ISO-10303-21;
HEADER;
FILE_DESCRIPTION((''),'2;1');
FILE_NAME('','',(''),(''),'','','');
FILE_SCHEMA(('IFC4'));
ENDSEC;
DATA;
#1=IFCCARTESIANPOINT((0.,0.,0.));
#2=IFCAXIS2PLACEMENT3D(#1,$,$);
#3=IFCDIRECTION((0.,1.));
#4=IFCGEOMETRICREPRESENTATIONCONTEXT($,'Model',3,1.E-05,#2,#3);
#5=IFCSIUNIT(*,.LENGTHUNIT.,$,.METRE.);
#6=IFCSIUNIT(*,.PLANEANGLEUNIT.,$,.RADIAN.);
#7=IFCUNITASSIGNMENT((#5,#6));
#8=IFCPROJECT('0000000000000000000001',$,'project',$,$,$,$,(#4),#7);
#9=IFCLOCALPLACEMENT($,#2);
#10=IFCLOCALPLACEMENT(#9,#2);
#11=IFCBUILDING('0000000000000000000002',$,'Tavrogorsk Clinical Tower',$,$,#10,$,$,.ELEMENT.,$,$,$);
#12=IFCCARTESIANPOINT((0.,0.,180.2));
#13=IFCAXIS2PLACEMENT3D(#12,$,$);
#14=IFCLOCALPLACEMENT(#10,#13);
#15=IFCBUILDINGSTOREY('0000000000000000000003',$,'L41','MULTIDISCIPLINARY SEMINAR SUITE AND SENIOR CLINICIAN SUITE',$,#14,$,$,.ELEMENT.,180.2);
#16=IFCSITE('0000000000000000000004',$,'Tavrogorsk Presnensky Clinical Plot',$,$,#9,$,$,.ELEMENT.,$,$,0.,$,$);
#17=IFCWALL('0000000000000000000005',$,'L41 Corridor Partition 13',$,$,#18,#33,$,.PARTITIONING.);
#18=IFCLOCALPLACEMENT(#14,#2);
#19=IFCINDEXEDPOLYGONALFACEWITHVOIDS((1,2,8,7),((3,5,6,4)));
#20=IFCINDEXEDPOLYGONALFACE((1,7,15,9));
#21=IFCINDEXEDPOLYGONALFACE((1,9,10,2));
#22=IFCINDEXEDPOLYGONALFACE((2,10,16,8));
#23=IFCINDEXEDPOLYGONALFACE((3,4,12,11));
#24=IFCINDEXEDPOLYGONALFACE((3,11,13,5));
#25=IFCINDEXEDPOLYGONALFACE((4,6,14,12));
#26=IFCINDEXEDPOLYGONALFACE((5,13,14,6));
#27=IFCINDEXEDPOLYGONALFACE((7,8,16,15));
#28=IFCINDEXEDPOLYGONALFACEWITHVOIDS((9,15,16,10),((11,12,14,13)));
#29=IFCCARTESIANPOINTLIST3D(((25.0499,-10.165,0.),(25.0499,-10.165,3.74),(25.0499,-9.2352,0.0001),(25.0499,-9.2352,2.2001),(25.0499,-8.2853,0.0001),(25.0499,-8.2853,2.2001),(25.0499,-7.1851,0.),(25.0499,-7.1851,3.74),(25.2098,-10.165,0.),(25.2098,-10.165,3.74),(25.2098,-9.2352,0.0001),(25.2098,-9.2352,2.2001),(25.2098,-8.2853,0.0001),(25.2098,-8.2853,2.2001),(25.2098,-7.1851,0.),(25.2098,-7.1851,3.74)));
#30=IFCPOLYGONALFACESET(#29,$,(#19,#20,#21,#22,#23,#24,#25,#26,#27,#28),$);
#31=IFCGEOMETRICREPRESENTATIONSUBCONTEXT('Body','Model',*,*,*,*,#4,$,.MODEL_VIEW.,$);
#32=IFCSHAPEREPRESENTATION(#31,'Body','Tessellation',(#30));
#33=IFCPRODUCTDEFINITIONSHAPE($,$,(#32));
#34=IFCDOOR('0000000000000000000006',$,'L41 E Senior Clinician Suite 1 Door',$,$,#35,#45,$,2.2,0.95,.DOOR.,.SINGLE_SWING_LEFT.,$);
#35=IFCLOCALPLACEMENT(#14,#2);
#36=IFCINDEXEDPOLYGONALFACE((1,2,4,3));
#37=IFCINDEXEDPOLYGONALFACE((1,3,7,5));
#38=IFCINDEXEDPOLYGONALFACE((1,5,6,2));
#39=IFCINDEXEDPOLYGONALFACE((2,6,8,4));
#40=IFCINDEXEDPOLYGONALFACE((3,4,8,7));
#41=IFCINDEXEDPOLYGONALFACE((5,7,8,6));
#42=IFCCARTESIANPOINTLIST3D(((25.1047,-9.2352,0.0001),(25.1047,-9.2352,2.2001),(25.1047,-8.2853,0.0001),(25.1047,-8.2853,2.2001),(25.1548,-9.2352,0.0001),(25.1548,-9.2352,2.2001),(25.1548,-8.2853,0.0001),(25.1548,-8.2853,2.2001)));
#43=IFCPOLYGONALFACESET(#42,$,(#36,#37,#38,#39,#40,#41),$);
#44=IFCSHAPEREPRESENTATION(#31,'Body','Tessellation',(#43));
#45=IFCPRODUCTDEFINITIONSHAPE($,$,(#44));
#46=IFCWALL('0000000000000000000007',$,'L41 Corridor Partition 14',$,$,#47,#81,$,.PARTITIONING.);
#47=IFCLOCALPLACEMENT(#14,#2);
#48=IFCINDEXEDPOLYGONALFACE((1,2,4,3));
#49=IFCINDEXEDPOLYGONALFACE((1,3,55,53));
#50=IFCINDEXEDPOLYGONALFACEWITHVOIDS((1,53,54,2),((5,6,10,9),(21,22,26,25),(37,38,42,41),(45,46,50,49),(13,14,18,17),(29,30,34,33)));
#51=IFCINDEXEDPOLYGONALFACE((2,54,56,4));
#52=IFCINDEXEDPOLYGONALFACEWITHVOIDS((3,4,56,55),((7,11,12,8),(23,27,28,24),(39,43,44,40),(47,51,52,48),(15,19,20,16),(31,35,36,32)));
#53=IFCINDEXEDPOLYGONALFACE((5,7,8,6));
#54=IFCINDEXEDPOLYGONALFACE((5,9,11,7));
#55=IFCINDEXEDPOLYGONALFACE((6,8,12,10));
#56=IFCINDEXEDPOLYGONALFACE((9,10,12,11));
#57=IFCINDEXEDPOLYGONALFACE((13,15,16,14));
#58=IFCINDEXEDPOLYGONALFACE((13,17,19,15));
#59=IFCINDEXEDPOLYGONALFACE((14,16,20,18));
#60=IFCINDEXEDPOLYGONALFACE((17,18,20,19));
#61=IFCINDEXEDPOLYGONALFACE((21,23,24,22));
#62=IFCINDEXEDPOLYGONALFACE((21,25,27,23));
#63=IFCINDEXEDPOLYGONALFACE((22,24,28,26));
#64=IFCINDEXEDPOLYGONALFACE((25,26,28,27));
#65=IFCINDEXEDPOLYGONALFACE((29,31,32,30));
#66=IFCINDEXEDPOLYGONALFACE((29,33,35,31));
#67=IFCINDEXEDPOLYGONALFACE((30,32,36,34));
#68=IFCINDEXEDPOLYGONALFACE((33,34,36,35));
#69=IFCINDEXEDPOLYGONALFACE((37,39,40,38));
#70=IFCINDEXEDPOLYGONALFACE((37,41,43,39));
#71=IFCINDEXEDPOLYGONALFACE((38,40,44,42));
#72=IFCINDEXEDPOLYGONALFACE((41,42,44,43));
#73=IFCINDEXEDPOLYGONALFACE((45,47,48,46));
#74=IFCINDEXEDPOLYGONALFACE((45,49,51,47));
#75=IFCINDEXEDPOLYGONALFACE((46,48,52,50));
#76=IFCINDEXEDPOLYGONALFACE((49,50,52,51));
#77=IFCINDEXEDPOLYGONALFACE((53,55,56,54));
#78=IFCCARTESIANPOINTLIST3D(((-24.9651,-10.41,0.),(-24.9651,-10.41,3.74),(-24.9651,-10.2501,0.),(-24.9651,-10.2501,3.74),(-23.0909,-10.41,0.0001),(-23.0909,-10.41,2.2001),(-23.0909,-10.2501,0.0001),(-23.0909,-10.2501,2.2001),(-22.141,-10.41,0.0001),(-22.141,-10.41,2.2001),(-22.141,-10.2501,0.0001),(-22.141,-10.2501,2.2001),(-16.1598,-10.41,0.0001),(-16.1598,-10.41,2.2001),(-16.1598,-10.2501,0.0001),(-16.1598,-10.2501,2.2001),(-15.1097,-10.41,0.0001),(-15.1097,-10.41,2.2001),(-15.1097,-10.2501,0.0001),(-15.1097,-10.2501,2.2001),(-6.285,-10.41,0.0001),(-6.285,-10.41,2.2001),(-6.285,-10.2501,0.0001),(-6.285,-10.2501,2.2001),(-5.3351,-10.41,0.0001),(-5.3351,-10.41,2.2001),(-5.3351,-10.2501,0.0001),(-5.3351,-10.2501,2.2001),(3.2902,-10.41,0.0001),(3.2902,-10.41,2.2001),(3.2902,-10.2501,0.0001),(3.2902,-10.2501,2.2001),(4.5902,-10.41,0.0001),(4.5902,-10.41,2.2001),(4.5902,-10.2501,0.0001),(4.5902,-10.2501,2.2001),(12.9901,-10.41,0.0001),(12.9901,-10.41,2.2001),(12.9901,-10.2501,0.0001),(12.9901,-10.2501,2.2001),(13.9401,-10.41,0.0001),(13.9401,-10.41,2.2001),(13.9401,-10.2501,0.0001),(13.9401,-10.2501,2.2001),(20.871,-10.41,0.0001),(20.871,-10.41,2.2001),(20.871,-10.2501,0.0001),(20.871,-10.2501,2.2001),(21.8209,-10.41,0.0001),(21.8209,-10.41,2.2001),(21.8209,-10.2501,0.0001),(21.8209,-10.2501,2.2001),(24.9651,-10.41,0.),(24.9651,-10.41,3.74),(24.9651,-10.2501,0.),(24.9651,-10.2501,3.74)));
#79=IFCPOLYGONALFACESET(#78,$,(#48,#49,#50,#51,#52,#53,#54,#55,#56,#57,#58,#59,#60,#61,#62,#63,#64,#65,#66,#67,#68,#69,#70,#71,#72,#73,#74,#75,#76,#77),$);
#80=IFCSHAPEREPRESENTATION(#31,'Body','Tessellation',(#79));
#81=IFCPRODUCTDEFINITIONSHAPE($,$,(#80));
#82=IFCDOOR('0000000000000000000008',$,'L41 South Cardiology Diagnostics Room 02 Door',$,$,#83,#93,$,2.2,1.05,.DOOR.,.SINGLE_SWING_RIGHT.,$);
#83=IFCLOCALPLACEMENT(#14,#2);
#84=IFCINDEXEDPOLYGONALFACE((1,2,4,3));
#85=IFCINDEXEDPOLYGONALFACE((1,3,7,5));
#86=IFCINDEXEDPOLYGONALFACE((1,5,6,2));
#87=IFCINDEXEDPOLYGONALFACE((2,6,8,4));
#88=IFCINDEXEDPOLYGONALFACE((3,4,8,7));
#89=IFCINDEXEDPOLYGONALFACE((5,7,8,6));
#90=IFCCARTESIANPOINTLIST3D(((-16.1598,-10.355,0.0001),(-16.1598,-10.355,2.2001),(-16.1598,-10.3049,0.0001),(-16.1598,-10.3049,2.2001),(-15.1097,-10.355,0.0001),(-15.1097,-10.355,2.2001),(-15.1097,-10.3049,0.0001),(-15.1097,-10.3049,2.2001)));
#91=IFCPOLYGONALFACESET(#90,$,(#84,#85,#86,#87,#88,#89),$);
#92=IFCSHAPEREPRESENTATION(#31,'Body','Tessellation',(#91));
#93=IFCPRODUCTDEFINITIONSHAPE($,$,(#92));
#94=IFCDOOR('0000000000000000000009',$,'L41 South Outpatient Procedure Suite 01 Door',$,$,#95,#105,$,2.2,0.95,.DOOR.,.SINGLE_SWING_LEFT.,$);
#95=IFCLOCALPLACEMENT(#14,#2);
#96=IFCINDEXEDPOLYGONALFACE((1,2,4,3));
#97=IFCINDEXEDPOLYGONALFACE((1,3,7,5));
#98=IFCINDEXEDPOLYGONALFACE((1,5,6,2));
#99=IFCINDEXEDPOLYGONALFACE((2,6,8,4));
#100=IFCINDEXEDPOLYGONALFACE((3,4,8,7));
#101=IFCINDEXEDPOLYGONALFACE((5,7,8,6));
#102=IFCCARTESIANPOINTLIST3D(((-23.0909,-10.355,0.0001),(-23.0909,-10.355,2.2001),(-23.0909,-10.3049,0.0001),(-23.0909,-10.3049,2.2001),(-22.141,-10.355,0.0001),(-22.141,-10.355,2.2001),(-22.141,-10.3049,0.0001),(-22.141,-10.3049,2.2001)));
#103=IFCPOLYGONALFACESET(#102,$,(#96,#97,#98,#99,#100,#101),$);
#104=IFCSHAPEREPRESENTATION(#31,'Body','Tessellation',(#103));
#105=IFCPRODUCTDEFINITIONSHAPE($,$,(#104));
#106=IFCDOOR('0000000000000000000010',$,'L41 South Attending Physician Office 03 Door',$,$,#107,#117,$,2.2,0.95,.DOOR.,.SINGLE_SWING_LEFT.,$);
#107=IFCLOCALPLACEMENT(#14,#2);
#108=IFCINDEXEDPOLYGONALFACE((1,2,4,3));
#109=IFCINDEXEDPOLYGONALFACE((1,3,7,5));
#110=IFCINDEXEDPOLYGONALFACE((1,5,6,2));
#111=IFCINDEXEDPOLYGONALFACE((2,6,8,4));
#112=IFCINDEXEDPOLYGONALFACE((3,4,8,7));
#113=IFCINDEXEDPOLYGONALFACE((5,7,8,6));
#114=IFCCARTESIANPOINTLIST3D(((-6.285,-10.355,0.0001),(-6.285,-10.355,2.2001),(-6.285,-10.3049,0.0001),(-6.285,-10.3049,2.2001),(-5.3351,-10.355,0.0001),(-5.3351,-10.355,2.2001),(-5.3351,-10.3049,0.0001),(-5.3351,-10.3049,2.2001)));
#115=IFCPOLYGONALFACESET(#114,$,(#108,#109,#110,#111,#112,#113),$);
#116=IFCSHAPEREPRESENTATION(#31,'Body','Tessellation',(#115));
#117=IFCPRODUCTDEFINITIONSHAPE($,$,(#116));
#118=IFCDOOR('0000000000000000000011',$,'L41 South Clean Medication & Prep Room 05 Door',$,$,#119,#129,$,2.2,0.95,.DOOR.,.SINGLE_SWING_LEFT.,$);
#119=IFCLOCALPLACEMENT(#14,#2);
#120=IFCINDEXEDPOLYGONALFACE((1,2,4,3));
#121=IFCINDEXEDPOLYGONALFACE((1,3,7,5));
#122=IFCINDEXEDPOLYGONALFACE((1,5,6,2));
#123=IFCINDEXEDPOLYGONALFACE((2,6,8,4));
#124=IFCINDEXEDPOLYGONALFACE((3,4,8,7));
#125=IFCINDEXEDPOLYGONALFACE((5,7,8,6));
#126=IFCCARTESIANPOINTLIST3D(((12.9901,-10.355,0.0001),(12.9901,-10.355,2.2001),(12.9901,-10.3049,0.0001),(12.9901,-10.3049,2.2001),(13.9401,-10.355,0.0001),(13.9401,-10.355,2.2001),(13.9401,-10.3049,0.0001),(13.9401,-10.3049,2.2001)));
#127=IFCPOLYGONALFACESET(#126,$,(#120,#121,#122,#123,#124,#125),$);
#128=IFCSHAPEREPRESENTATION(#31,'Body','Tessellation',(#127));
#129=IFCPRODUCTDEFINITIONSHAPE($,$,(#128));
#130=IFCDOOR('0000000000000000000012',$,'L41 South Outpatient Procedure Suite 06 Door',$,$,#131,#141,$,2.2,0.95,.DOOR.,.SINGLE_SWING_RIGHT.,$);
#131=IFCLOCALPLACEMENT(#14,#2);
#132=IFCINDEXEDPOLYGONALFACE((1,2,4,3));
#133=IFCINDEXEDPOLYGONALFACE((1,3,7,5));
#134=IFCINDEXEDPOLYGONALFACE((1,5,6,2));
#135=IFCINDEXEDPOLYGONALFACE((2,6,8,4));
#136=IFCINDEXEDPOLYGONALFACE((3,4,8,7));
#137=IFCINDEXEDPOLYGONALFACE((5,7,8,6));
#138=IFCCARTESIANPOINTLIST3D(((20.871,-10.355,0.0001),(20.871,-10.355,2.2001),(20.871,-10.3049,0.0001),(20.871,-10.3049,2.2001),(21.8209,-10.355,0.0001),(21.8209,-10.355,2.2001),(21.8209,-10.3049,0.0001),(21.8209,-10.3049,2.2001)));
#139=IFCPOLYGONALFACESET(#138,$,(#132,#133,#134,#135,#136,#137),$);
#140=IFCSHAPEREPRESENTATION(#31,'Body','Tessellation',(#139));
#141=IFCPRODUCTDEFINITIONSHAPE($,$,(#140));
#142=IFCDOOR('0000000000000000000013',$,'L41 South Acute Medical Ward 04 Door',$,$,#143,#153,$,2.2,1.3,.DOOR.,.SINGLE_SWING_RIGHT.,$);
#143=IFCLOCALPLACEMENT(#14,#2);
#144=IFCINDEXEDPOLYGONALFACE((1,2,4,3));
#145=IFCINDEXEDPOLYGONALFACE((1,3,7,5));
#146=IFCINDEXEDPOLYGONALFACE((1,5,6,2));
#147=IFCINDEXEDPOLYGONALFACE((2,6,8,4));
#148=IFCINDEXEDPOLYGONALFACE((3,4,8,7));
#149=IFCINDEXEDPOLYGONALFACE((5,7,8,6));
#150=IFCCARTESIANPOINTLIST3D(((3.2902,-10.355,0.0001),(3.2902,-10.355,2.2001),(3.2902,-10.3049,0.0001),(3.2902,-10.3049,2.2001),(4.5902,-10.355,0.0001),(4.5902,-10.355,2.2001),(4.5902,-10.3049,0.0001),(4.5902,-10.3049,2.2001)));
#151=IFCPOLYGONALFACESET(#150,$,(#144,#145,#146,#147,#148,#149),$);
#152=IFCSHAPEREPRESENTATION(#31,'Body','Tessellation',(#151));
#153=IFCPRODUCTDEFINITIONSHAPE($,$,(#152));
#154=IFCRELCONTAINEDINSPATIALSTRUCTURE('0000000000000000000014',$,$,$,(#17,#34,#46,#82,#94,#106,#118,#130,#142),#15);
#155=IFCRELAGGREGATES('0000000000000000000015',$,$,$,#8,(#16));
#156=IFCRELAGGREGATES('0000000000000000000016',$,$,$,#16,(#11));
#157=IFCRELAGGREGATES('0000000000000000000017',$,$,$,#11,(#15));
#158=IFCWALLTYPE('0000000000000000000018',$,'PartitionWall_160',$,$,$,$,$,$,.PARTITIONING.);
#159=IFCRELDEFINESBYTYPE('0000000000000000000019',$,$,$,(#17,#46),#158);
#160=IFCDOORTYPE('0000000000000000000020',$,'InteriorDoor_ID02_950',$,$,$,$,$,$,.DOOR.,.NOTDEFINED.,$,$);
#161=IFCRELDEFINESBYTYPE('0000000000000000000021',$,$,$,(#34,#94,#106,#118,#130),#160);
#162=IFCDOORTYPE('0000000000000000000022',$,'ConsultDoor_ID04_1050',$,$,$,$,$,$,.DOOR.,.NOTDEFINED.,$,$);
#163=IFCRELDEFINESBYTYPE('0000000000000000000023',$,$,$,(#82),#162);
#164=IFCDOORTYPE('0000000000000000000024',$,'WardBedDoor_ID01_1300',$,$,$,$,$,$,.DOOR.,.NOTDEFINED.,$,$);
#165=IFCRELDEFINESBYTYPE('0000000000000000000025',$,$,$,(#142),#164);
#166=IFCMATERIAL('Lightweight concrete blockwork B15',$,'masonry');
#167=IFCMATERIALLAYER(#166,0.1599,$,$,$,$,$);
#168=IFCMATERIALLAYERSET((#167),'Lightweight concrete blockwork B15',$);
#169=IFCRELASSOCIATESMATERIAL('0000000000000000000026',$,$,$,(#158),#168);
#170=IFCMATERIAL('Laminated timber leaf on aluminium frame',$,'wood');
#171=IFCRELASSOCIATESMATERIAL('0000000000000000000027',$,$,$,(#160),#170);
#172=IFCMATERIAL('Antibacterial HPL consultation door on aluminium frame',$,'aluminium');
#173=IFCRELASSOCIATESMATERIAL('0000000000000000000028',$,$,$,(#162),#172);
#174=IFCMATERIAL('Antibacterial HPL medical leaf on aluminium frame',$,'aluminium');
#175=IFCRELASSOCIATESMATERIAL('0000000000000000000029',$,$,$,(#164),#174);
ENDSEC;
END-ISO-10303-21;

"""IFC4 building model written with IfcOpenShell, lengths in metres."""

from ifc_helpers import new_model, si_unit, direction, frame, frame_2d, origin, place, context, subcontext, project, spatial, rectangle, extrude, material, layer, layer_set, type_object, element, fill, save


model = new_model("IFC4")

# Units and contexts
model_context = context("Model", 3, precision=1e-05, world=origin(), true_north=direction((0.0, 1.0)))
body_context = subcontext(model_context, "Body", "Model", "MODEL_VIEW")
ifc_project = project(units=[si_unit("LENGTHUNIT", "METRE"), si_unit("PLANEANGLEUNIT", "RADIAN")], contexts=[model_context])

# Site, building, storey
site_placement = place(None, origin())
site = spatial("IfcSite", under=ifc_project, at=site_placement, Name="Tavrogorsk Presnensky Clinical Plot", CompositionType="ELEMENT", RefElevation=0.0)
building_placement = place(site_placement, origin())
building = spatial("IfcBuilding", under=site, at=building_placement, Name="Tavrogorsk Clinical Tower", CompositionType="ELEMENT")
storey_placement = place(building_placement, frame((0.0, 0.0, 180.2)))
storey = spatial("IfcBuildingStorey", under=building, at=storey_placement, Name="L41", Description="MULTIDISCIPLINARY SEMINAR SUITE AND SENIOR CLINICIAN SUITE", CompositionType="ELEMENT", Elevation=180.2)

# Wall, opening, door
ifc_material_1 = material(Name="Lightweight concrete blockwork B15", Category="masonry")
ifc_layer = layer(ifc_material_1, 0.1599)
ifc_layer_set = layer_set([ifc_layer], Name="Lightweight concrete blockwork B15")
wall_type = type_object("IfcWallType", Name="PartitionWall_160", PredefinedType="PARTITIONING", material=ifc_layer_set)
wall_1_placement = place(storey_placement, frame((25.1299, -7.1851, 0.0), z_axis=(0.0, 0.0, 1.0), x_axis=(0.0, -1.0, 0.0)))
wall_1 = element("IfcWall", 1, at=wall_1_placement, inside=storey, type_object=wall_type, Name="L41 Corridor Partition 13", PredefinedType="PARTITIONING", context=body_context, shape_type="SweptSolid", body=[
    extrude(rectangle(XDim=2.98, YDim=0.1599, at=frame_2d((1.49, 0.0))), origin(), (0.0, 0.0, 1.0), 3.74),
])
opening_1_placement = place(wall_1_placement, frame((1.1001, 0.0, 0.0)))
opening_1 = element("IfcOpeningElement", 2, at=opening_1_placement, cuts=wall_1, PredefinedType="OPENING", context=body_context, shape_type="SweptSolid", body=[
    extrude(rectangle(XDim=0.95, YDim=2.2, at=frame_2d((0.4751, 1.1001))), frame((0.0, 0.0898, 0.0), z_axis=(0.0, -1.0, 0.0), x_axis=(1.0, 0.0, 0.0)), (0.0, 0.0, 1.0), 0.1799),
])
ifc_material_2 = material(Name="Laminated timber leaf on aluminium frame", Category="wood")
door_type_1 = type_object("IfcDoorType", Name="InteriorDoor_ID02_950", OperationType="NOTDEFINED", PredefinedType="DOOR", material=ifc_material_2)
door_1_placement = place(opening_1_placement, origin())
door_1 = element("IfcDoor", 3, at=door_1_placement, inside=storey, type_object=door_type_1, Name="L41 E Senior Clinician Suite 1 Door", OperationType="SINGLE_SWING_LEFT", OverallHeight=2.2, OverallWidth=0.95, PredefinedType="DOOR", context=body_context, shape_type="SweptSolid", body=[
    extrude(rectangle(XDim=0.95, YDim=2.2, at=frame_2d((0.4751, 1.1001))), frame((0.0, 0.0249, 0.0), z_axis=(0.0, -1.0, 0.0), x_axis=(1.0, 0.0, 0.0)), (0.0, 0.0, 1.0), 0.05),
])
fill(opening_1, door_1)

# Wall, openings, doors
wall_2_placement = place(storey_placement, frame((24.9651, -10.3301, 0.0), z_axis=(0.0, 0.0, 1.0), x_axis=(-1.0, 0.0, 0.0)))
wall_2 = element("IfcWall", 4, at=wall_2_placement, inside=storey, type_object=wall_type, Name="L41 Corridor Partition 14", PredefinedType="PARTITIONING", context=body_context, shape_type="SweptSolid", body=[
    extrude(rectangle(XDim=49.9302, YDim=0.1599, at=frame_2d((24.9651, 0.0))), origin(), (0.0, 0.0, 1.0), 3.74),
])
opening_2_placement = place(wall_2_placement, frame((47.106, 0.0, 0.0)))
opening_2 = element("IfcOpeningElement", 5, at=opening_2_placement, cuts=wall_2, PredefinedType="OPENING", context=body_context, shape_type="SweptSolid", body=[
    extrude(rectangle(XDim=0.95, YDim=2.2, at=frame_2d((0.4751, 1.1001))), frame((0.0, 0.0898, 0.0), z_axis=(0.0, -1.0, 0.0), x_axis=(1.0, 0.0, 0.0)), (0.0, 0.0, 1.0), 0.1799),
])
opening_3_placement = place(wall_2_placement, frame((40.075, 0.0, 0.0)))
opening_3 = element("IfcOpeningElement", 6, at=opening_3_placement, cuts=wall_2, PredefinedType="OPENING", context=body_context, shape_type="SweptSolid", body=[
    extrude(rectangle(XDim=1.05, YDim=2.2, at=frame_2d((0.5249, 1.1001))), frame((0.0, 0.0898, 0.0), z_axis=(0.0, -1.0, 0.0), x_axis=(1.0, 0.0, 0.0)), (0.0, 0.0, 1.0), 0.1799),
])
opening_4_placement = place(wall_2_placement, frame((30.3, 0.0, 0.0)))
opening_4 = element("IfcOpeningElement", 7, at=opening_4_placement, cuts=wall_2, PredefinedType="OPENING", context=body_context, shape_type="SweptSolid", body=[
    extrude(rectangle(XDim=0.95, YDim=2.2, at=frame_2d((0.4751, 1.1001))), frame((0.0, 0.0898, 0.0), z_axis=(0.0, -1.0, 0.0), x_axis=(1.0, 0.0, 0.0)), (0.0, 0.0, 1.0), 0.1799),
])
opening_5_placement = place(wall_2_placement, frame((20.375, 0.0, 0.0)))
opening_5 = element("IfcOpeningElement", 8, at=opening_5_placement, cuts=wall_2, PredefinedType="OPENING", context=body_context, shape_type="SweptSolid", body=[
    extrude(rectangle(XDim=1.3, YDim=2.2, at=frame_2d((0.6499, 1.1001))), frame((0.0, 0.0898, 0.0), z_axis=(0.0, -1.0, 0.0), x_axis=(1.0, 0.0, 0.0)), (0.0, 0.0, 1.0), 0.1799),
])
opening_6_placement = place(wall_2_placement, frame((11.0249, 0.0, 0.0)))
opening_6 = element("IfcOpeningElement", 9, at=opening_6_placement, cuts=wall_2, PredefinedType="OPENING", context=body_context, shape_type="SweptSolid", body=[
    extrude(rectangle(XDim=0.95, YDim=2.2, at=frame_2d((0.4751, 1.1001))), frame((0.0, 0.0898, 0.0), z_axis=(0.0, -1.0, 0.0), x_axis=(1.0, 0.0, 0.0)), (0.0, 0.0, 1.0), 0.1799),
])
opening_7_placement = place(wall_2_placement, frame((3.144, 0.0, 0.0)))
opening_7 = element("IfcOpeningElement", 10, at=opening_7_placement, cuts=wall_2, PredefinedType="OPENING", context=body_context, shape_type="SweptSolid", body=[
    extrude(rectangle(XDim=0.95, YDim=2.2, at=frame_2d((0.4751, 1.1001))), frame((0.0, 0.0898, 0.0), z_axis=(0.0, -1.0, 0.0), x_axis=(1.0, 0.0, 0.0)), (0.0, 0.0, 1.0), 0.1799),
])
ifc_material_3 = material(Name="Antibacterial HPL consultation door on aluminium frame", Category="aluminium")
door_type_2 = type_object("IfcDoorType", Name="ConsultDoor_ID04_1050", OperationType="NOTDEFINED", PredefinedType="DOOR", material=ifc_material_3)
door_2_placement = place(opening_3_placement, origin())
door_2 = element("IfcDoor", 11, at=door_2_placement, inside=storey, type_object=door_type_2, Name="L41 South Cardiology Diagnostics Room 02 Door", OperationType="SINGLE_SWING_RIGHT", OverallHeight=2.2, OverallWidth=1.05, PredefinedType="DOOR", context=body_context, shape_type="SweptSolid", body=[
    extrude(rectangle(XDim=1.05, YDim=2.2, at=frame_2d((0.5249, 1.1001))), frame((0.0, 0.0249, 0.0), z_axis=(0.0, -1.0, 0.0), x_axis=(1.0, 0.0, 0.0)), (0.0, 0.0, 1.0), 0.05),
])
fill(opening_3, door_2)
door_3_placement = place(opening_2_placement, origin())
door_3 = element("IfcDoor", 12, at=door_3_placement, inside=storey, type_object=door_type_1, Name="L41 South Outpatient Procedure Suite 01 Door", OperationType="SINGLE_SWING_LEFT", OverallHeight=2.2, OverallWidth=0.95, PredefinedType="DOOR", context=body_context, shape_type="SweptSolid", body=[
    extrude(rectangle(XDim=0.95, YDim=2.2, at=frame_2d((0.4751, 1.1001))), frame((0.0, 0.0249, 0.0), z_axis=(0.0, -1.0, 0.0), x_axis=(1.0, 0.0, 0.0)), (0.0, 0.0, 1.0), 0.05),
])
fill(opening_2, door_3)
door_4_placement = place(opening_4_placement, origin())
door_4 = element("IfcDoor", 13, at=door_4_placement, inside=storey, type_object=door_type_1, Name="L41 South Attending Physician Office 03 Door", OperationType="SINGLE_SWING_LEFT", OverallHeight=2.2, OverallWidth=0.95, PredefinedType="DOOR", context=body_context, shape_type="SweptSolid", body=[
    extrude(rectangle(XDim=0.95, YDim=2.2, at=frame_2d((0.4751, 1.1001))), frame((0.0, 0.0249, 0.0), z_axis=(0.0, -1.0, 0.0), x_axis=(1.0, 0.0, 0.0)), (0.0, 0.0, 1.0), 0.05),
])
fill(opening_4, door_4)
door_5_placement = place(opening_6_placement, origin())
door_5 = element("IfcDoor", 14, at=door_5_placement, inside=storey, type_object=door_type_1, Name="L41 South Clean Medication & Prep Room 05 Door", OperationType="SINGLE_SWING_LEFT", OverallHeight=2.2, OverallWidth=0.95, PredefinedType="DOOR", context=body_context, shape_type="SweptSolid", body=[
    extrude(rectangle(XDim=0.95, YDim=2.2, at=frame_2d((0.4751, 1.1001))), frame((0.0, 0.0249, 0.0), z_axis=(0.0, -1.0, 0.0), x_axis=(1.0, 0.0, 0.0)), (0.0, 0.0, 1.0), 0.05),
])
fill(opening_6, door_5)
door_6_placement = place(opening_7_placement, origin())
door_6 = element("IfcDoor", 15, at=door_6_placement, inside=storey, type_object=door_type_1, Name="L41 South Outpatient Procedure Suite 06 Door", OperationType="SINGLE_SWING_RIGHT", OverallHeight=2.2, OverallWidth=0.95, PredefinedType="DOOR", context=body_context, shape_type="SweptSolid", body=[
    extrude(rectangle(XDim=0.95, YDim=2.2, at=frame_2d((0.4751, 1.1001))), frame((0.0, 0.0249, 0.0), z_axis=(0.0, -1.0, 0.0), x_axis=(1.0, 0.0, 0.0)), (0.0, 0.0, 1.0), 0.05),
])
fill(opening_7, door_6)
ifc_material_4 = material(Name="Antibacterial HPL medical leaf on aluminium frame", Category="aluminium")
door_type_3 = type_object("IfcDoorType", Name="WardBedDoor_ID01_1300", OperationType="NOTDEFINED", PredefinedType="DOOR", material=ifc_material_4)
door_7_placement = place(opening_5_placement, origin())
door_7 = element("IfcDoor", 16, at=door_7_placement, inside=storey, type_object=door_type_3, Name="L41 South Acute Medical Ward 04 Door", OperationType="SINGLE_SWING_RIGHT", OverallHeight=2.2, OverallWidth=1.3, PredefinedType="DOOR", context=body_context, shape_type="SweptSolid", body=[
    extrude(rectangle(XDim=1.3, YDim=2.2, at=frame_2d((0.6499, 1.1001))), frame((0.0, 0.0249, 0.0), z_axis=(0.0, -1.0, 0.0), x_axis=(1.0, 0.0, 0.0)), (0.0, 0.0, 1.0), 0.05),
])
fill(opening_5, door_7)

save(model, "model.ifc")
